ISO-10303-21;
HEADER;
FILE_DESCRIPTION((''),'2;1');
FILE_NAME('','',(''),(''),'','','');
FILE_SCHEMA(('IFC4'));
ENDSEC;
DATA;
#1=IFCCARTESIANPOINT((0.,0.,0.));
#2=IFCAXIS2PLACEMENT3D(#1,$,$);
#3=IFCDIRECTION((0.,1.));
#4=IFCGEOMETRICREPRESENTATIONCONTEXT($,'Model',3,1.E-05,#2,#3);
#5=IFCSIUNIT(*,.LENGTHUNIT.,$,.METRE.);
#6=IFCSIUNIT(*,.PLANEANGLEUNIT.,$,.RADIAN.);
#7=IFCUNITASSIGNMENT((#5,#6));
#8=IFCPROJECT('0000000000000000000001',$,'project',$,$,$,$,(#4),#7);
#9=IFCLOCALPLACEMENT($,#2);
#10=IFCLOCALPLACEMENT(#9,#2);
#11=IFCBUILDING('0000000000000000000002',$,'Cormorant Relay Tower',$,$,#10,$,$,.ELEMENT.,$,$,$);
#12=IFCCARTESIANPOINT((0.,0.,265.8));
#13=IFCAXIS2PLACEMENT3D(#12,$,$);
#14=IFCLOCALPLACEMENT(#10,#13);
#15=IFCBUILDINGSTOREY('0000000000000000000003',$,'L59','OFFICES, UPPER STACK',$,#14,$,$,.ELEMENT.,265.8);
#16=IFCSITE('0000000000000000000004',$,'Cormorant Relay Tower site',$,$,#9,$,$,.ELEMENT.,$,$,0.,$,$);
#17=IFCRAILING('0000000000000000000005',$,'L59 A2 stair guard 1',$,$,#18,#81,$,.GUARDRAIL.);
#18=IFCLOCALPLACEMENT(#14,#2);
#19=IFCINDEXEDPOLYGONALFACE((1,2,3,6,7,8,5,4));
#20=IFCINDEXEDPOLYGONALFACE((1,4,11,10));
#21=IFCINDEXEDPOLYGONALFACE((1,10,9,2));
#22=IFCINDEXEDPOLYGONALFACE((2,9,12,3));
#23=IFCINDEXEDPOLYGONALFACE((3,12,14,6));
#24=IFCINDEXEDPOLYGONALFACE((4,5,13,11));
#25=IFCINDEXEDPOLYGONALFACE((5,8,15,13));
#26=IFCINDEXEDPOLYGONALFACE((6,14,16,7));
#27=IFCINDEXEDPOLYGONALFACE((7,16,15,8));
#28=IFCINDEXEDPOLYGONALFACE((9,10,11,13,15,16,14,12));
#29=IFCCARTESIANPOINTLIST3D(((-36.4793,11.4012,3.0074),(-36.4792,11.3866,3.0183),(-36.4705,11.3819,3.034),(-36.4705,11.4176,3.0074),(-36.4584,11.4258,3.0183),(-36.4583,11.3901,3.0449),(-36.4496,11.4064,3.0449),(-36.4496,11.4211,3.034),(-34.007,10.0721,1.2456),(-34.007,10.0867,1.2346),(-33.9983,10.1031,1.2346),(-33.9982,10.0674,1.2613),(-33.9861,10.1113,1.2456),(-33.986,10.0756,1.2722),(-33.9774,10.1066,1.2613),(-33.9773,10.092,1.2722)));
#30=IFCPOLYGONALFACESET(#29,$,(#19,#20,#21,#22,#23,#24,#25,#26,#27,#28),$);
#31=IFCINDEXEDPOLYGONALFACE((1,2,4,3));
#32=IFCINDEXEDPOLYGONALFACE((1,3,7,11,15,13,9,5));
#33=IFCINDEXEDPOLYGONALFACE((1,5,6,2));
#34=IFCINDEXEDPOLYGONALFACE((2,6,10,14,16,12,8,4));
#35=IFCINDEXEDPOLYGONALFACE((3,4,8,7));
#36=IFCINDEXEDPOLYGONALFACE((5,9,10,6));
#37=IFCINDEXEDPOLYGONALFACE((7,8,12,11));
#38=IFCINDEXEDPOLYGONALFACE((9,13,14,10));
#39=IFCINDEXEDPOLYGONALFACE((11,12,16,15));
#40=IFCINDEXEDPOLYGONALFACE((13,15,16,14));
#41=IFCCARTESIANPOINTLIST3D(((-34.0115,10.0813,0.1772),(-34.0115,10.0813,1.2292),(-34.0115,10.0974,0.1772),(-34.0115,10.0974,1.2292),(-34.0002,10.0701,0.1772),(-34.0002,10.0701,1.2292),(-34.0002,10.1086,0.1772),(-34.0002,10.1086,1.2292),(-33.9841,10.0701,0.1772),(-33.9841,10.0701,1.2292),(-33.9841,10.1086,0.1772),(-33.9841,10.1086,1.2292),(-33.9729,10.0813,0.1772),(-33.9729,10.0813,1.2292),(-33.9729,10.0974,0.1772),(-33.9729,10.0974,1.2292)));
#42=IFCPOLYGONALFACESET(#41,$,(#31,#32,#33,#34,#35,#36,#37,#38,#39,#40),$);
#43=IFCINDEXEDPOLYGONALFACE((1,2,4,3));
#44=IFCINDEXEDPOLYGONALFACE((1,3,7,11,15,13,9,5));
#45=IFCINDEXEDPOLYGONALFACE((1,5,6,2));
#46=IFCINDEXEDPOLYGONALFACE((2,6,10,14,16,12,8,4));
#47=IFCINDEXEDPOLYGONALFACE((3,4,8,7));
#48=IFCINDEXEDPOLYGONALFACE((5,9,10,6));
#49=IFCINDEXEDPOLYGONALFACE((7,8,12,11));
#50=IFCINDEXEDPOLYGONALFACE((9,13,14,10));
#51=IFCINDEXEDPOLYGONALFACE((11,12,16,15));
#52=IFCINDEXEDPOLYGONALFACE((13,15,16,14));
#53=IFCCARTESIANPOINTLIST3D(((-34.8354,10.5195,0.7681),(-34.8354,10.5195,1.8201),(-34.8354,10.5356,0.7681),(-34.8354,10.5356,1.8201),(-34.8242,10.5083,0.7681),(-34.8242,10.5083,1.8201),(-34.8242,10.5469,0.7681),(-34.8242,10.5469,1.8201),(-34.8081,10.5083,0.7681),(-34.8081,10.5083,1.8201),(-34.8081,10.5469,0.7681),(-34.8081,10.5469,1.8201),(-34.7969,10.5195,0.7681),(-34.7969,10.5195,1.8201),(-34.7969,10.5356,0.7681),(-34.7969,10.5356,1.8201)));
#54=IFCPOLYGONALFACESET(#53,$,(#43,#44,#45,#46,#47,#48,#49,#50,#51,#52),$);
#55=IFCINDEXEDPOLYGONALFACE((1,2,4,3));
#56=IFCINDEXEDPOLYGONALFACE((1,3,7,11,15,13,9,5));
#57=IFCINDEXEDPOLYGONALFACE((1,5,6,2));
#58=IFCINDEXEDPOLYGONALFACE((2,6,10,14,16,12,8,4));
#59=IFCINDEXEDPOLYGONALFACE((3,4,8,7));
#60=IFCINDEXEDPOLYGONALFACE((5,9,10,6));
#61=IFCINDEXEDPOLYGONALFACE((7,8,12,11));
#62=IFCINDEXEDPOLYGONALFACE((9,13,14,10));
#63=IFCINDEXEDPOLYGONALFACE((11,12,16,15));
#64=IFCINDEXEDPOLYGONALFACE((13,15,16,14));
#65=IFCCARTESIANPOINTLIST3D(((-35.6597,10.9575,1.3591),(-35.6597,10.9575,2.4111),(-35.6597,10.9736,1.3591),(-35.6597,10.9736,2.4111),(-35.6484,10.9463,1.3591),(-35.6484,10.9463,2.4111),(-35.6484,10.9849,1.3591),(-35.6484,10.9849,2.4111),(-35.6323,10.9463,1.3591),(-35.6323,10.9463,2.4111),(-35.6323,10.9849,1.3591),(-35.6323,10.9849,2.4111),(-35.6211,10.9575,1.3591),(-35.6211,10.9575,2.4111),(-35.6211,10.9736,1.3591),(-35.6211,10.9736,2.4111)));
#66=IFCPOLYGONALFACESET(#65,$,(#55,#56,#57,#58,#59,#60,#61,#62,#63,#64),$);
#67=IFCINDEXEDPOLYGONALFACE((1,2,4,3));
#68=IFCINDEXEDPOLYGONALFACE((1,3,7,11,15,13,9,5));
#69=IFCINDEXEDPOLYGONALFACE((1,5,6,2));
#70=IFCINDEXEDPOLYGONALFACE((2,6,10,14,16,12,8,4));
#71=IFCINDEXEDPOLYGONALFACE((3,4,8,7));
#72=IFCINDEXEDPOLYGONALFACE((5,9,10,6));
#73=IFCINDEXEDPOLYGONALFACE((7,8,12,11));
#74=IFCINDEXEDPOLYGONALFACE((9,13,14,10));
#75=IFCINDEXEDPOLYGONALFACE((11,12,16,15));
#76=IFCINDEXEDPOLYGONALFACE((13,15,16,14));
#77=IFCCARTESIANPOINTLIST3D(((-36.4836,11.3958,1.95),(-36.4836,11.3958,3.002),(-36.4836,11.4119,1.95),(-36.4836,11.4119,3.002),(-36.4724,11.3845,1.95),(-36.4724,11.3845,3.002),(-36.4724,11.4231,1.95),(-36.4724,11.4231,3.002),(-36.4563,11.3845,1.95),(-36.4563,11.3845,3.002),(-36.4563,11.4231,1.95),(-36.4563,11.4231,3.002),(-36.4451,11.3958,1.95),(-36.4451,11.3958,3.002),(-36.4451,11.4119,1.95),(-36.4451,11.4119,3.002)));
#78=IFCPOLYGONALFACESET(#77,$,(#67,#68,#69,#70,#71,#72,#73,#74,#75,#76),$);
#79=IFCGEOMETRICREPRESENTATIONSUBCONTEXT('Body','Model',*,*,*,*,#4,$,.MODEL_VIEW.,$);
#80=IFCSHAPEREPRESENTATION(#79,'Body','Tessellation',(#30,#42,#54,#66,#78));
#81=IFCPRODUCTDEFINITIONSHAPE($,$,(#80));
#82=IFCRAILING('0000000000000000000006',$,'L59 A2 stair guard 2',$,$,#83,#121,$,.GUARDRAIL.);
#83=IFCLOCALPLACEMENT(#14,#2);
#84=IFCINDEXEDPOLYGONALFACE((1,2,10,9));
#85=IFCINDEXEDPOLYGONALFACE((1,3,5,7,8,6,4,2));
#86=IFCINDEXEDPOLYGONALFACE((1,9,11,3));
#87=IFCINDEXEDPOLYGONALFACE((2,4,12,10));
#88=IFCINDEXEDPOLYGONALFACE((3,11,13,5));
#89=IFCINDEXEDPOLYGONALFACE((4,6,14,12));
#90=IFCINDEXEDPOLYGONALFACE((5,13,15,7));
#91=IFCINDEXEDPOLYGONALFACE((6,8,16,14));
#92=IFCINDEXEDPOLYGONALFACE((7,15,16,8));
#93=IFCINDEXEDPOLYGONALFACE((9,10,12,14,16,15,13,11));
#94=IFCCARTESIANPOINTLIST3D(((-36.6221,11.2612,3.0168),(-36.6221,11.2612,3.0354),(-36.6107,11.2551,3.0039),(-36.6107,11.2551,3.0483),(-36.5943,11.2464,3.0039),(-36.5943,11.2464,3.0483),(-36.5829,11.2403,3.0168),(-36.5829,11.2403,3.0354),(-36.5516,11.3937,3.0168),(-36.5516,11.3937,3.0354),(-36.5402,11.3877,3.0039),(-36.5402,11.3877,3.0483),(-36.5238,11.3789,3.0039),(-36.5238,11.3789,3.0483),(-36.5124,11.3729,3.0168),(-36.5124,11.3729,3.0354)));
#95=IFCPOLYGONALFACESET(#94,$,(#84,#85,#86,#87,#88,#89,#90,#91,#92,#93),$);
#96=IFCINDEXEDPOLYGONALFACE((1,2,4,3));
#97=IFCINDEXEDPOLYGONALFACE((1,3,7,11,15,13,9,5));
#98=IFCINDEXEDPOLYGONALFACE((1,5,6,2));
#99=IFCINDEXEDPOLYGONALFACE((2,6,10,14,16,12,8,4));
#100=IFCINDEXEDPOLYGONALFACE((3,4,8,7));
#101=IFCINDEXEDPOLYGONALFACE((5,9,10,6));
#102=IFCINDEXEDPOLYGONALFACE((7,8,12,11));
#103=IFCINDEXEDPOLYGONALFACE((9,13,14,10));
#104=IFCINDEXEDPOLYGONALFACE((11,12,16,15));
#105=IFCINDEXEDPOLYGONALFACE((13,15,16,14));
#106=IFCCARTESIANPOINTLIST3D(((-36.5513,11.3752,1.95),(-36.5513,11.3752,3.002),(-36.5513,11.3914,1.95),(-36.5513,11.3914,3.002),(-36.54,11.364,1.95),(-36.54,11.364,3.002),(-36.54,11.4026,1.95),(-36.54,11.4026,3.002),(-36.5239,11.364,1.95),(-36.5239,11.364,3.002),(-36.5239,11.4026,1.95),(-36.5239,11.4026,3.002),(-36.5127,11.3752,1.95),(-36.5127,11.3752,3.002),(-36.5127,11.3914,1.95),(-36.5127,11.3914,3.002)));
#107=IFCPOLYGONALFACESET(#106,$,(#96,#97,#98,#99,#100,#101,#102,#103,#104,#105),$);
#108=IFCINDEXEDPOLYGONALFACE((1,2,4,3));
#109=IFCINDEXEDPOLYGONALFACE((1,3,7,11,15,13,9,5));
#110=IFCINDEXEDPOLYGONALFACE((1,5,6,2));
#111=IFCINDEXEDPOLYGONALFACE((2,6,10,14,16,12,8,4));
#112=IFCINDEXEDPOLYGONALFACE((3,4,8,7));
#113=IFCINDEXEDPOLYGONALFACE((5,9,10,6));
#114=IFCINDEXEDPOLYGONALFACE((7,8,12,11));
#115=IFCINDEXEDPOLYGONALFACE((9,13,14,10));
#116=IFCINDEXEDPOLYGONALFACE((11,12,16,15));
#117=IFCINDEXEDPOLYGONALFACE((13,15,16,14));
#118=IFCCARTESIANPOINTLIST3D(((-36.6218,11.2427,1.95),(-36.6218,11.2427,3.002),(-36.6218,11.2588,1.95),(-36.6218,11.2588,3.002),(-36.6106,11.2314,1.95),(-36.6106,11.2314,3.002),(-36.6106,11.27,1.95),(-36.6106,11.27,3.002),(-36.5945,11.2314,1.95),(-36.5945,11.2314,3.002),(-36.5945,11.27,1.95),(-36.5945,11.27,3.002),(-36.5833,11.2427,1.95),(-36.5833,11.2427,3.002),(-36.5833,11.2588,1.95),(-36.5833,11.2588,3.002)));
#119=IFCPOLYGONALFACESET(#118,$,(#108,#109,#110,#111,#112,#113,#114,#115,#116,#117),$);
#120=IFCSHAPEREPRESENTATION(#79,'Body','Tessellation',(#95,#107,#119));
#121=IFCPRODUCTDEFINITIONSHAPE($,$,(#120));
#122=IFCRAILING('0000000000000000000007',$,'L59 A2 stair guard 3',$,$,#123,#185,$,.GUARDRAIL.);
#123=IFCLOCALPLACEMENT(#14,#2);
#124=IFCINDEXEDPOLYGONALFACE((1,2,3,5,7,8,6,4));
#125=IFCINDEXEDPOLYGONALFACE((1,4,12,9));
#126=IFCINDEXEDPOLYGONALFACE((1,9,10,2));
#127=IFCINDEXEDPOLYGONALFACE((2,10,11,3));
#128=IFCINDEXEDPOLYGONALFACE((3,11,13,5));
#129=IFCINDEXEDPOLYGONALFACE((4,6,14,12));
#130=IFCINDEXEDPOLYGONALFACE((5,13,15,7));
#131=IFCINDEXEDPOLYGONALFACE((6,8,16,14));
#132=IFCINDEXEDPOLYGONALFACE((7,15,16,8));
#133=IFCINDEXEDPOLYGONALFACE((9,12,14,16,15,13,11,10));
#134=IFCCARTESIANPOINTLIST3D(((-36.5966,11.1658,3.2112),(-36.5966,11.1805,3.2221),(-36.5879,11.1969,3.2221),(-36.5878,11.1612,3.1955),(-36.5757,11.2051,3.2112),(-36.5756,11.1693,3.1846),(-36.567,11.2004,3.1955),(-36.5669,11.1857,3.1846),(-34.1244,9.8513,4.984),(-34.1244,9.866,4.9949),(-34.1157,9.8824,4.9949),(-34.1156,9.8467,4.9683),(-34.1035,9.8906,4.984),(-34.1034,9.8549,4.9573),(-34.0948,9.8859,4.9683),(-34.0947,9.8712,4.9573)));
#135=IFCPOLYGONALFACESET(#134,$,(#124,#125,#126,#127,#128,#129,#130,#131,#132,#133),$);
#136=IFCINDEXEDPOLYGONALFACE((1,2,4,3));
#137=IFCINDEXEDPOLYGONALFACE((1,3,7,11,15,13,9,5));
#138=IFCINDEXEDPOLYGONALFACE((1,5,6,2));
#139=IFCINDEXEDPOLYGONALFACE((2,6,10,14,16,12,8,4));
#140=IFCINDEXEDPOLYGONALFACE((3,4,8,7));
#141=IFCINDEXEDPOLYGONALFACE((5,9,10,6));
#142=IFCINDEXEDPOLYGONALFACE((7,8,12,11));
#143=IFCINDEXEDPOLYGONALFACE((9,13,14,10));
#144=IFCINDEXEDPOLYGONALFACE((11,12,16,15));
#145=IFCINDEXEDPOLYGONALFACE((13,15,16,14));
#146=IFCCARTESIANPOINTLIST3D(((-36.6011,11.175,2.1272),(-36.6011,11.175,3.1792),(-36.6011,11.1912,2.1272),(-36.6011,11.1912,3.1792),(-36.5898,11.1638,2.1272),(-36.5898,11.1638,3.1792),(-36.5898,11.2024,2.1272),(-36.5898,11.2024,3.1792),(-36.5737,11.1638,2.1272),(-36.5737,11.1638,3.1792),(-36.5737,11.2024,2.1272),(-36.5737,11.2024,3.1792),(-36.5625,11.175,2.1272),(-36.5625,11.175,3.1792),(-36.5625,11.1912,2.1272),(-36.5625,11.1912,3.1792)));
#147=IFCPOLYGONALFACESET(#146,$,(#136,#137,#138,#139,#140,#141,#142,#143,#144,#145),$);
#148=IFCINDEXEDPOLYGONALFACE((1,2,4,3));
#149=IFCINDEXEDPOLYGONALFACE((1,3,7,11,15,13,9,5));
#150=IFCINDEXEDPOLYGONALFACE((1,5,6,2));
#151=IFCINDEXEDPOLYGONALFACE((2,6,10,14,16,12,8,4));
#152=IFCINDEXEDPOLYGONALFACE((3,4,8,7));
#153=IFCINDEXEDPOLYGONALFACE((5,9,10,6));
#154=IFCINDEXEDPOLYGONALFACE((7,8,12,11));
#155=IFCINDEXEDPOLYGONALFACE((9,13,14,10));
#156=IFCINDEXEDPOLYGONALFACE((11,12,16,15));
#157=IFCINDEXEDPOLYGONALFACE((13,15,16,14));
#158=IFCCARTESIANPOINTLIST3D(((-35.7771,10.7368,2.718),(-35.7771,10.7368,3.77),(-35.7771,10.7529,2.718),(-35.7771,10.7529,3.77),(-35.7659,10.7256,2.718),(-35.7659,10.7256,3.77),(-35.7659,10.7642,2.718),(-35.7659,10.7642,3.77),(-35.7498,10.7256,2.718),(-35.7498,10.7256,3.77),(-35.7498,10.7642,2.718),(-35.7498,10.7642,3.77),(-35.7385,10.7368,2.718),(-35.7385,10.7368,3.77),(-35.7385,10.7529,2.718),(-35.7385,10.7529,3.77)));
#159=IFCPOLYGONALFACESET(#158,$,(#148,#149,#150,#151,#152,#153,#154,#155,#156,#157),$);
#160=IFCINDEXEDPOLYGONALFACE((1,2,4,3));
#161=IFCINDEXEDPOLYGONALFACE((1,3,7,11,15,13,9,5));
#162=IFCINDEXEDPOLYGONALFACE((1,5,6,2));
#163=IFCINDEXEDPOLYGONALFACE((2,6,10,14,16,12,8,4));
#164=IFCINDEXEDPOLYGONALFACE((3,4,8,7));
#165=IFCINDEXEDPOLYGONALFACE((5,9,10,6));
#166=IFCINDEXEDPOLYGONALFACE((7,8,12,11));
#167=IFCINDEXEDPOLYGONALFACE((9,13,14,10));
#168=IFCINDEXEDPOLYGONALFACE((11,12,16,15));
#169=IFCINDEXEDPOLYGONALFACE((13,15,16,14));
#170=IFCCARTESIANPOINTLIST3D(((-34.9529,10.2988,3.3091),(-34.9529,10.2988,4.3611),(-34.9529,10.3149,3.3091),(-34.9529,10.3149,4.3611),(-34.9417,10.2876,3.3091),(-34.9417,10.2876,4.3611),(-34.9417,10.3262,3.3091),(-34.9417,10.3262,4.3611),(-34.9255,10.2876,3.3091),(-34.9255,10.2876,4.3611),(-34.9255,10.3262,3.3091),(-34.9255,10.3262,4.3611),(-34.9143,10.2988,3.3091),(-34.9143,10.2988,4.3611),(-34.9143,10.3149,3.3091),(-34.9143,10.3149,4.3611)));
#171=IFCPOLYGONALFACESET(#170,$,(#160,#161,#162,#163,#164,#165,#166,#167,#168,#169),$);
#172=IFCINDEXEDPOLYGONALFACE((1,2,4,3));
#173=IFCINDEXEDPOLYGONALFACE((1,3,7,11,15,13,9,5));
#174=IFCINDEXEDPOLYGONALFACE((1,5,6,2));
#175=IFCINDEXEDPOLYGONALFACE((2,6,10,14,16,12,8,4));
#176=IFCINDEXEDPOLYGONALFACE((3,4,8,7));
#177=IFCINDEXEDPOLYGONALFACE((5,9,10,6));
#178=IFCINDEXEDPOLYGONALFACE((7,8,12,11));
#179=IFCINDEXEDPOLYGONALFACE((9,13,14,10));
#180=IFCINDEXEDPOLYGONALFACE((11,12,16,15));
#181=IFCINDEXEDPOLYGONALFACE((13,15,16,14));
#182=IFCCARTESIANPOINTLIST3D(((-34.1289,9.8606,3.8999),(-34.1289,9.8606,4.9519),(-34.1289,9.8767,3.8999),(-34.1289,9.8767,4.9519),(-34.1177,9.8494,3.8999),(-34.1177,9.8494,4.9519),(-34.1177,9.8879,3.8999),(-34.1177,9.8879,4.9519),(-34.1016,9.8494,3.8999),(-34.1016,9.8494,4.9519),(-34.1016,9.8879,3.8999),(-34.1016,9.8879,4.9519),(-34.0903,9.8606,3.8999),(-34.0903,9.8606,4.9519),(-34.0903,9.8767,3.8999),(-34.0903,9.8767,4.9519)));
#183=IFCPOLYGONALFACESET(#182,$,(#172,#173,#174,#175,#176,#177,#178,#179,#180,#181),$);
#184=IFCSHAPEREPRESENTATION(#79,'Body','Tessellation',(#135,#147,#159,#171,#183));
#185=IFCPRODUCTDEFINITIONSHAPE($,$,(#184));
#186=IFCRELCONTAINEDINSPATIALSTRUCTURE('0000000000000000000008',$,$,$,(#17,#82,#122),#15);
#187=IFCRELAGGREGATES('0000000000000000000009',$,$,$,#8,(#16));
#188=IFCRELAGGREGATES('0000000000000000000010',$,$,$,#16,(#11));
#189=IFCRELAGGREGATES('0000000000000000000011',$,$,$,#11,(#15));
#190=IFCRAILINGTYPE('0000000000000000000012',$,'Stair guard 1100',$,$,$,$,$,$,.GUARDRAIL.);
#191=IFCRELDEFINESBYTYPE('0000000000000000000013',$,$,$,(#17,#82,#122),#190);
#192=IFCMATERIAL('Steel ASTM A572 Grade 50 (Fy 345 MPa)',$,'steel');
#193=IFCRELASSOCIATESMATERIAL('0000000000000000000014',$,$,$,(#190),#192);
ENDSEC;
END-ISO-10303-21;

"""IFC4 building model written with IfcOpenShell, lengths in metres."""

from ifc_helpers import new_model, si_unit, direction, frame, origin, place, context, subcontext, project, spatial, polyline, outline, extrude, material, type_object, element, save


model = new_model("IFC4")

# Units and contexts
model_context = context("Model", 3, precision=1e-05, world=origin(), true_north=direction((0.0, 1.0)))
body_context = subcontext(model_context, "Body", "Model", "MODEL_VIEW")
ifc_project = project(units=[si_unit("LENGTHUNIT", "METRE"), si_unit("PLANEANGLEUNIT", "RADIAN")], contexts=[model_context])

# Site, building, storey
site_placement = place(None, origin())
site = spatial("IfcSite", under=ifc_project, at=site_placement, Name="Cormorant Relay Tower site", CompositionType="ELEMENT", RefElevation=0.0)
building_placement = place(site_placement, origin())
building = spatial("IfcBuilding", under=site, at=building_placement, Name="Cormorant Relay Tower", CompositionType="ELEMENT")
storey_placement = place(building_placement, frame((0.0, 0.0, 265.8)))
storey = spatial("IfcBuildingStorey", under=building, at=storey_placement, Name="L59", Description="OFFICES, UPPER STACK", CompositionType="ELEMENT", Elevation=265.8)

# Railings
ifc_material_1 = material(Name="Steel ASTM A572 Grade 50 (Fy 345 MPa)", Category="steel")
railing_type_1 = type_object("IfcRailingType", Name="Stair guard 1100", PredefinedType="GUARDRAIL", material=ifc_material_1)
railing_1_placement = place(storey_placement, frame((-33.9922, 10.0894, 0.1772)))
element("IfcRailing", 1, at=railing_1_placement, inside=storey, type_object=railing_type_1, Name="L59 A2 stair guard 1", PredefinedType="GUARDRAIL", context=body_context, shape_type="SweptSolid", body=[
    extrude(outline(polyline([(0.0222, 0.0093), (0.0093, 0.0222), (-0.0093, 0.0222), (-0.0222, 0.0093), (-0.0222, -0.0093), (-0.0093, -0.0222), (0.0093, -0.0222), (0.0222, -0.0093), (0.0222, 0.0093)])), frame((0.0, 0.0, 1.0762), z_axis=(-0.746001, 0.396649, 0.534931), x_axis=(-0.469465, -0.882951, 0.0)), (0.0, 0.0, 1.0), 3.314),
    extrude(outline(polyline([(0.0193, 0.0081), (0.0081, 0.0193), (-0.0081, 0.0193), (-0.0193, 0.0081), (-0.0193, -0.0081), (-0.0081, -0.0193), (0.0081, -0.0193), (0.0193, -0.0081), (0.0193, 0.0081)])), origin(), (0.0, 0.0, 1.0), 1.052),
    extrude(outline(polyline([(0.0193, 0.0081), (0.0081, 0.0193), (-0.0081, 0.0193), (-0.0193, 0.0081), (-0.0193, -0.0081), (-0.0081, -0.0193), (0.0081, -0.0193), (0.0193, -0.0081), (0.0193, 0.0081)])), frame((-0.824, 0.4382, 0.5908)), (0.0, 0.0, 1.0), 1.052),
    extrude(outline(polyline([(0.0193, 0.0081), (0.0081, 0.0193), (-0.0081, 0.0193), (-0.0193, 0.0081), (-0.0193, -0.0081), (-0.0081, -0.0193), (0.0081, -0.0193), (0.0193, -0.0081), (0.0193, 0.0081)])), frame((-1.6482, 0.8762, 1.1819)), (0.0, 0.0, 1.0), 1.052),
    extrude(outline(polyline([(0.0193, 0.0081), (0.0081, 0.0193), (-0.0081, 0.0193), (-0.0193, 0.0081), (-0.0193, -0.0081), (-0.0081, -0.0193), (0.0081, -0.0193), (0.0193, -0.0081), (0.0193, 0.0081)])), frame((-2.4722, 1.3145, 1.7727)), (0.0, 0.0, 1.0), 1.052),
])
railing_2_placement = place(storey_placement, frame((-36.532, 11.3833, 1.95)))
element("IfcRailing", 2, at=railing_2_placement, inside=storey, type_object=railing_type_1, Name="L59 A2 stair guard 2", PredefinedType="GUARDRAIL", context=body_context, shape_type="SweptSolid", body=[
    extrude(outline(polyline([(0.0222, 0.0093), (0.0093, 0.0222), (-0.0093, 0.0222), (-0.0222, 0.0093), (-0.0222, -0.0093), (-0.0093, -0.0222), (0.0093, -0.0222), (0.0222, -0.0093), (0.0222, 0.0093)])), frame((0.0, 0.0, 1.0762), z_axis=(-0.469829, -0.882758, 0.0), x_axis=(0.882758, -0.469829, 0.0)), (0.0, 0.0, 1.0), 0.1501),
    extrude(outline(polyline([(0.0193, 0.0081), (0.0081, 0.0193), (-0.0081, 0.0193), (-0.0193, 0.0081), (-0.0193, -0.0081), (-0.0081, -0.0193), (0.0081, -0.0193), (0.0193, -0.0081), (0.0193, 0.0081)])), origin(), (0.0, 0.0, 1.0), 1.052),
    extrude(outline(polyline([(0.0193, 0.0081), (0.0081, 0.0193), (-0.0081, 0.0193), (-0.0193, 0.0081), (-0.0193, -0.0081), (-0.0081, -0.0193), (0.0081, -0.0193), (0.0193, -0.0081), (0.0193, 0.0081)])), frame((-0.0706, -0.1326, 0.0)), (0.0, 0.0, 1.0), 1.052),
])
railing_3_placement = place(storey_placement, frame((-36.5818, 11.1831, 2.1272)))
element("IfcRailing", 3, at=railing_3_placement, inside=storey, type_object=railing_type_1, Name="L59 A2 stair guard 3", PredefinedType="GUARDRAIL", context=body_context, shape_type="SweptSolid", body=[
    extrude(outline(polyline([(0.0222, 0.0093), (0.0093, 0.0222), (-0.0093, 0.0222), (-0.0222, 0.0093), (-0.0222, -0.0093), (-0.0093, -0.0222), (0.0093, -0.0222), (0.0222, -0.0093), (0.0222, 0.0093)])), frame((0.0, 0.0, 1.0762), z_axis=(0.746001, -0.396649, 0.534931), x_axis=(0.469465, 0.882951, 0.0)), (0.0, 0.0, 1.0), 3.314),
    extrude(outline(polyline([(0.0193, 0.0081), (0.0081, 0.0193), (-0.0081, 0.0193), (-0.0193, 0.0081), (-0.0193, -0.0081), (-0.0081, -0.0193), (0.0081, -0.0193), (0.0193, -0.0081), (0.0193, 0.0081)])), origin(), (0.0, 0.0, 1.0), 1.052),
    extrude(outline(polyline([(0.0193, 0.0081), (0.0081, 0.0193), (-0.0081, 0.0193), (-0.0193, 0.0081), (-0.0193, -0.0081), (-0.0081, -0.0193), (0.0081, -0.0193), (0.0193, -0.0081), (0.0193, 0.0081)])), frame((0.824, -0.4382, 0.5908)), (0.0, 0.0, 1.0), 1.052),
    extrude(outline(polyline([(0.0193, 0.0081), (0.0081, 0.0193), (-0.0081, 0.0193), (-0.0193, 0.0081), (-0.0193, -0.0081), (-0.0081, -0.0193), (0.0081, -0.0193), (0.0193, -0.0081), (0.0193, 0.0081)])), frame((1.6482, -0.8762, 1.1819)), (0.0, 0.0, 1.0), 1.052),
    extrude(outline(polyline([(0.0193, 0.0081), (0.0081, 0.0193), (-0.0081, 0.0193), (-0.0193, 0.0081), (-0.0193, -0.0081), (-0.0081, -0.0193), (0.0081, -0.0193), (0.0193, -0.0081), (0.0193, 0.0081)])), frame((2.4722, -1.3145, 1.7727)), (0.0, 0.0, 1.0), 1.052),
])

save(model, "model.ifc")
